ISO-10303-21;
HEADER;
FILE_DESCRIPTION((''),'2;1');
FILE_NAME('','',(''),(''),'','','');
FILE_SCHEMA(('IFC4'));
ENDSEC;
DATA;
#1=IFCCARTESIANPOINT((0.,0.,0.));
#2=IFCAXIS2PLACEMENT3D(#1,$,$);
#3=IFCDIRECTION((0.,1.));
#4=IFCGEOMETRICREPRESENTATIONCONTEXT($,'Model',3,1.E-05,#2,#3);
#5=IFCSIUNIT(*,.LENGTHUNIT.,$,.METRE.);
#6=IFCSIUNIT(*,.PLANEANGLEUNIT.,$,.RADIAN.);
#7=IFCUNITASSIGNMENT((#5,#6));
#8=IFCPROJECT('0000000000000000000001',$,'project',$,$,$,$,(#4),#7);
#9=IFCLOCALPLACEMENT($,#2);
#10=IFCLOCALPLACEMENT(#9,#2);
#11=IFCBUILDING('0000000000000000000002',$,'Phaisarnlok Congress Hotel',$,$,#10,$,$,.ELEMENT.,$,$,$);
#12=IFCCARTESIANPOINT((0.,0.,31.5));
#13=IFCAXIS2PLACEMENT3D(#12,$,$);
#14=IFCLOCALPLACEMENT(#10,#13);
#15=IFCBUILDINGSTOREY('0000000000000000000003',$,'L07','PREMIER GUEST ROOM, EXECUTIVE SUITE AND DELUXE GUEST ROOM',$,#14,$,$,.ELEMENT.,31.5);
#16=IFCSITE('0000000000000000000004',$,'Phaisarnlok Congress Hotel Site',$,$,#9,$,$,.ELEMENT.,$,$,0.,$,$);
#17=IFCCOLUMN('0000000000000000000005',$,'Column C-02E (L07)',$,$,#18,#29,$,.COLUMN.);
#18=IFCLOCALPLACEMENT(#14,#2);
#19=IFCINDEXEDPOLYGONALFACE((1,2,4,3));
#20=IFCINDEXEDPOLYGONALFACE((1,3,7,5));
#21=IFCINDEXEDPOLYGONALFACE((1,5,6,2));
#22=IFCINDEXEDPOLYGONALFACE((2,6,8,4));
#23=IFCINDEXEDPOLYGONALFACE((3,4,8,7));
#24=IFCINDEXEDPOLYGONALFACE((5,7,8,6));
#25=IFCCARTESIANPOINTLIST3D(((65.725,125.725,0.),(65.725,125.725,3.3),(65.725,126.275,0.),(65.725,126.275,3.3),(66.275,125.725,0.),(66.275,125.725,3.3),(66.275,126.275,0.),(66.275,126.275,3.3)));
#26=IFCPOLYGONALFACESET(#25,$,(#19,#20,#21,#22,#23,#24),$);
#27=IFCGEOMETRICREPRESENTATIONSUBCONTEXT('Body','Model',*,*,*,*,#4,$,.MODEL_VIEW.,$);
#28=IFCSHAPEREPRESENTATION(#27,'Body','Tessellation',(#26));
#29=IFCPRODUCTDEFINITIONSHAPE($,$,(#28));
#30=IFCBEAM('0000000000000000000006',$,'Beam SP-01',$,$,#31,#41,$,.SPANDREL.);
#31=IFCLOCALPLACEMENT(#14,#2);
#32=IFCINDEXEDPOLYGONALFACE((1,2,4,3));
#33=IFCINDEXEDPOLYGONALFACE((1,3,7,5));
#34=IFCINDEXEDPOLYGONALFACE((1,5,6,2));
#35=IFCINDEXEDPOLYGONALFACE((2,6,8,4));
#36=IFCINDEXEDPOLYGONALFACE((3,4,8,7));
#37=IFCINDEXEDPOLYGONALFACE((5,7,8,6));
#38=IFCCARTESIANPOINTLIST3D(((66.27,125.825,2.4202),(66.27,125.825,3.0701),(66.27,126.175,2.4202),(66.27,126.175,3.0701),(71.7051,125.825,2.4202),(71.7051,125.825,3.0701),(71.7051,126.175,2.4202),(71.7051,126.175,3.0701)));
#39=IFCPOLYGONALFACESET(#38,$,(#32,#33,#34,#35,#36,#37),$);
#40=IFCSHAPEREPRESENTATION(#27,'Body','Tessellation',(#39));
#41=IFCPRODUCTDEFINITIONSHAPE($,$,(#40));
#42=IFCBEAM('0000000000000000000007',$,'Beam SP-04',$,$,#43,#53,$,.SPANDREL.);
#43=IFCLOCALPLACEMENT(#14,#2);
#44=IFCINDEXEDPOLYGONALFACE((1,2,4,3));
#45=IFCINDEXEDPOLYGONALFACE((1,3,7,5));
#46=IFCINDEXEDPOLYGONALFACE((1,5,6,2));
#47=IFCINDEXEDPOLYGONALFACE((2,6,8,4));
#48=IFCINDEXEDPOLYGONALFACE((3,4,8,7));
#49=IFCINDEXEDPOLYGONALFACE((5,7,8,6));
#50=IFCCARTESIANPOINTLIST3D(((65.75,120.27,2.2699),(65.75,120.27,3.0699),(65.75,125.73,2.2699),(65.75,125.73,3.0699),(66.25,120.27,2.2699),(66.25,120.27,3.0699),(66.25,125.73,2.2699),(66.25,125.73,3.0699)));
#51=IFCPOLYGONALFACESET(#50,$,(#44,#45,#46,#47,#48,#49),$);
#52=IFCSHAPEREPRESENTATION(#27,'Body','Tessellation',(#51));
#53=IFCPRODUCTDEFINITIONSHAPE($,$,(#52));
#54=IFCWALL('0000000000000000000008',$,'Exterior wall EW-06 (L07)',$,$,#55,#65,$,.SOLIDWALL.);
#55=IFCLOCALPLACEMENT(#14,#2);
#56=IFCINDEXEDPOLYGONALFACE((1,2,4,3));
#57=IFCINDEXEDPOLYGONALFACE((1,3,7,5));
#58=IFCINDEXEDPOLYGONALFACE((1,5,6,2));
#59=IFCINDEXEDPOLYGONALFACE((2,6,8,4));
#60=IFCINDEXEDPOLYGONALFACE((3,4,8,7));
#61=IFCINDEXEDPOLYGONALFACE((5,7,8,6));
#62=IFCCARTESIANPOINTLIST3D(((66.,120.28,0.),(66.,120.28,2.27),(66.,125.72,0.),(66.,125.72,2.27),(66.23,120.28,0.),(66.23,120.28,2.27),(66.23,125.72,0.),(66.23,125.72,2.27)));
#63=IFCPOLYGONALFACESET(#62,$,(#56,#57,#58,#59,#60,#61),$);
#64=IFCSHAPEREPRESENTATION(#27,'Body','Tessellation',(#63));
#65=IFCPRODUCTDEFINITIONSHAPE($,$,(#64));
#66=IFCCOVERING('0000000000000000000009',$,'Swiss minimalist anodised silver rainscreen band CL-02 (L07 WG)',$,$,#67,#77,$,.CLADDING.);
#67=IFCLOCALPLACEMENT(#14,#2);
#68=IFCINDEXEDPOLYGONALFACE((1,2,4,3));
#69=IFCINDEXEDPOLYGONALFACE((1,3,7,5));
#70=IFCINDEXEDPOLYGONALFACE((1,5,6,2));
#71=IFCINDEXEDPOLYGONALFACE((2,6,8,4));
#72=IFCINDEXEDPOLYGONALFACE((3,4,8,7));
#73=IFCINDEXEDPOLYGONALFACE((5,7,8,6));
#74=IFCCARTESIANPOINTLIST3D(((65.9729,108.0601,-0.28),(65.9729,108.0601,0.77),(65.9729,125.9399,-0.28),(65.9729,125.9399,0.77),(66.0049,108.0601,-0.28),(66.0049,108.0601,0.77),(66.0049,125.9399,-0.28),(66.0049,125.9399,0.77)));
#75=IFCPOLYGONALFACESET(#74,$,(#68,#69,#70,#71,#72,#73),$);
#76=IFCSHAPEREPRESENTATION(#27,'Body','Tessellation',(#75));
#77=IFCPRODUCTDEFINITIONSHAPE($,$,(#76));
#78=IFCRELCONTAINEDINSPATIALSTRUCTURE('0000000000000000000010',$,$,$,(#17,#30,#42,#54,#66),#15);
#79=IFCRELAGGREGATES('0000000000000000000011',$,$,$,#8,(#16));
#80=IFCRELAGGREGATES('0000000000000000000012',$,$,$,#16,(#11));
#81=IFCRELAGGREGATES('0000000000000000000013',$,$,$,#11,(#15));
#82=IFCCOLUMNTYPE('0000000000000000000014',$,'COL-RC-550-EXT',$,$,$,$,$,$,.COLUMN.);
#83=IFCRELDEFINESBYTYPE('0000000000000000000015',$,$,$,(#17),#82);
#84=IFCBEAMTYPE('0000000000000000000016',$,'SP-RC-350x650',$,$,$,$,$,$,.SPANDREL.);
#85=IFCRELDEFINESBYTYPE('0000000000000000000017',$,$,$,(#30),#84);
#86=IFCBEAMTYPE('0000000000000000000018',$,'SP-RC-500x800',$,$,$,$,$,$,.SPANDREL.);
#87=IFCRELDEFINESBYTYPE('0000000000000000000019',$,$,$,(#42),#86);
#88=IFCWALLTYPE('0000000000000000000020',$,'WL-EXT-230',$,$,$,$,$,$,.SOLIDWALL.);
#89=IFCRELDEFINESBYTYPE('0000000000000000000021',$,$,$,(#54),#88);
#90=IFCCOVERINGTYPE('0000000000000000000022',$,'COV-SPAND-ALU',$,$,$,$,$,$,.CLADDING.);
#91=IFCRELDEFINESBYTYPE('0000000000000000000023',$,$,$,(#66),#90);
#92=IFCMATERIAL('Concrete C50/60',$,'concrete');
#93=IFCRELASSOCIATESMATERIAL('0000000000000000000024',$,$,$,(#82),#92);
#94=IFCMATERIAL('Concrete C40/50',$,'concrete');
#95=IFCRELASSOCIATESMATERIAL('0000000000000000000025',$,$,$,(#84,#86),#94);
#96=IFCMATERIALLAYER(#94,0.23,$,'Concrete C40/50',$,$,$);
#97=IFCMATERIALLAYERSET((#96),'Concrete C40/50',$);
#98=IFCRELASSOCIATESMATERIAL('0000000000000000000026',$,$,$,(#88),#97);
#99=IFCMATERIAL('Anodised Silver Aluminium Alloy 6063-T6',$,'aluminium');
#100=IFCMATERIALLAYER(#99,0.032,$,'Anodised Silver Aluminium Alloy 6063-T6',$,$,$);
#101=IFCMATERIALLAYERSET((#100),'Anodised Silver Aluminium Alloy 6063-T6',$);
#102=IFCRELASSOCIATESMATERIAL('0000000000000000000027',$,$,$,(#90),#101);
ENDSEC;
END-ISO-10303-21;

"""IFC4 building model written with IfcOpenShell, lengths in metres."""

from ifc_helpers import new_model, si_unit, direction, frame, frame_2d, origin, origin_2d, place, context, subcontext, project, spatial, polyline, rectangle, outline, extrude, material, layer, layer_set, material_profile, profile_set, type_object, element, save


model = new_model("IFC4")

# Units and contexts
model_context = context("Model", 3, precision=1e-05, world=origin(), true_north=direction((0.0, 1.0)))
body_context = subcontext(model_context, "Body", "Model", "MODEL_VIEW")
ifc_project = project(units=[si_unit("LENGTHUNIT", "METRE"), si_unit("PLANEANGLEUNIT", "RADIAN")], contexts=[model_context])

# Site, building, storey
site_placement = place(None, origin())
site = spatial("IfcSite", under=ifc_project, at=site_placement, Name="Phaisarnlok Congress Hotel Site", CompositionType="ELEMENT", RefElevation=0.0)
building_placement = place(site_placement, origin())
building = spatial("IfcBuilding", under=site, at=building_placement, Name="Phaisarnlok Congress Hotel", CompositionType="ELEMENT")
storey_placement = place(building_placement, frame((0.0, 0.0, 31.5)))
storey = spatial("IfcBuildingStorey", under=building, at=storey_placement, Name="L07", Description="PREMIER GUEST ROOM, EXECUTIVE SUITE AND DELUXE GUEST ROOM", CompositionType="ELEMENT", Elevation=31.5)

# Column
ifc_material_1 = material(Name="Concrete C50/60", Category="concrete")
ifc_material_profile_1 = material_profile(ifc_material_1, rectangle(XDim=0.55, YDim=0.55, at=origin_2d()), Name="RC 550x550")
ifc_profile_set_1 = profile_set([ifc_material_profile_1], Name="Concrete C50/60")
column_type = type_object("IfcColumnType", Name="COL-RC-550-EXT", PredefinedType="COLUMN", material=ifc_profile_set_1)
column_placement = place(storey_placement, frame((66.0, 126.0, 0.0), z_axis=(0.0, 0.0, 1.0), x_axis=(1.0, 0.0, 0.0)))
element("IfcColumn", 1, at=column_placement, inside=storey, type_object=column_type, Name="Column C-02E (L07)", PredefinedType="COLUMN", context=body_context, shape_type="SweptSolid", body=[
    extrude(rectangle(XDim=0.55, YDim=0.55, at=origin_2d()), origin(), (0.0, 0.0, 1.0), 3.3),
])

# Beams
ifc_material_2 = material(Name="Concrete C40/50", Category="concrete")
ifc_material_profile_2 = material_profile(ifc_material_2, rectangle(XDim=0.3501, YDim=0.6499, at=origin_2d()), Name="RC 350x650")
ifc_profile_set_2 = profile_set([ifc_material_profile_2], Name="Concrete C40/50")
beam_type_1 = type_object("IfcBeamType", Name="SP-RC-350x650", PredefinedType="SPANDREL", material=ifc_profile_set_2)
beam_1_placement = place(storey_placement, frame((66.27, 126.0, 2.7451), z_axis=(1.0, 0.0, 0.0), x_axis=(0.0, 1.0, 0.0)))
element("IfcBeam", 2, at=beam_1_placement, inside=storey, type_object=beam_type_1, Name="Beam SP-01", PredefinedType="SPANDREL", context=body_context, shape_type="SweptSolid", body=[
    extrude(rectangle(XDim=0.3501, YDim=0.6499, at=origin_2d()), origin(), (0.0, 0.0, 1.0), 5.4351),
])
ifc_material_profile_3 = material_profile(ifc_material_2, rectangle(XDim=0.5, YDim=0.8, at=origin_2d()), Name="RC 500x800")
ifc_profile_set_3 = profile_set([ifc_material_profile_3], Name="Concrete C40/50")
beam_type_2 = type_object("IfcBeamType", Name="SP-RC-500x800", PredefinedType="SPANDREL", material=ifc_profile_set_3)
beam_2_placement = place(storey_placement, frame((66.0, 120.27, 2.6699), z_axis=(0.0, 1.0, 0.0), x_axis=(-1.0, 0.0, 0.0)))
element("IfcBeam", 3, at=beam_2_placement, inside=storey, type_object=beam_type_2, Name="Beam SP-04", PredefinedType="SPANDREL", context=body_context, shape_type="SweptSolid", body=[
    extrude(rectangle(XDim=0.5, YDim=0.8, at=origin_2d()), origin(), (0.0, 0.0, 1.0), 5.46),
])

# Wall
ifc_layer_1 = layer(ifc_material_2, 0.23, Name="Concrete C40/50")
ifc_layer_set_1 = layer_set([ifc_layer_1], Name="Concrete C40/50")
wall_type = type_object("IfcWallType", Name="WL-EXT-230", PredefinedType="SOLIDWALL", material=ifc_layer_set_1)
wall_placement = place(storey_placement, frame((66.115, 125.72, 0.0), z_axis=(0.0, 0.0, 1.0), x_axis=(0.0, -1.0, 0.0)))
element("IfcWall", 4, at=wall_placement, inside=storey, type_object=wall_type, Name="Exterior wall EW-06 (L07)", PredefinedType="SOLIDWALL", context=body_context, shape_type="SweptSolid", body=[
    extrude(rectangle(XDim=5.4399, YDim=0.23, at=frame_2d((2.72, 0.0))), origin(), (0.0, 0.0, 1.0), 2.27),
])

# Covering
ifc_material_3 = material(Name="Anodised Silver Aluminium Alloy 6063-T6", Category="aluminium")
ifc_layer_2 = layer(ifc_material_3, 0.032, Name="Anodised Silver Aluminium Alloy 6063-T6")
ifc_layer_set_2 = layer_set([ifc_layer_2], Name="Anodised Silver Aluminium Alloy 6063-T6")
covering_type = type_object("IfcCoveringType", Name="COV-SPAND-ALU", PredefinedType="CLADDING", material=ifc_layer_set_2)
covering_placement = place(storey_placement, frame((66.0049, 125.9399, -0.28), z_axis=(-1.0, 0.0, 0.0), x_axis=(0.0, -1.0, 0.0)))
element("IfcCovering", 5, at=covering_placement, inside=storey, type_object=covering_type, Name="Swiss minimalist anodised silver rainscreen band CL-02 (L07 WG)", PredefinedType="CLADDING", context=body_context, shape_type="SweptSolid", body=[
    extrude(outline(polyline([(0.0, 0.0), (17.8799, 0.0), (17.8799, 1.05), (0.0, 1.05), (0.0, 0.0)])), origin(), (0.0, 0.0, 1.0), 0.032),
])

save(model, "model.ifc")
